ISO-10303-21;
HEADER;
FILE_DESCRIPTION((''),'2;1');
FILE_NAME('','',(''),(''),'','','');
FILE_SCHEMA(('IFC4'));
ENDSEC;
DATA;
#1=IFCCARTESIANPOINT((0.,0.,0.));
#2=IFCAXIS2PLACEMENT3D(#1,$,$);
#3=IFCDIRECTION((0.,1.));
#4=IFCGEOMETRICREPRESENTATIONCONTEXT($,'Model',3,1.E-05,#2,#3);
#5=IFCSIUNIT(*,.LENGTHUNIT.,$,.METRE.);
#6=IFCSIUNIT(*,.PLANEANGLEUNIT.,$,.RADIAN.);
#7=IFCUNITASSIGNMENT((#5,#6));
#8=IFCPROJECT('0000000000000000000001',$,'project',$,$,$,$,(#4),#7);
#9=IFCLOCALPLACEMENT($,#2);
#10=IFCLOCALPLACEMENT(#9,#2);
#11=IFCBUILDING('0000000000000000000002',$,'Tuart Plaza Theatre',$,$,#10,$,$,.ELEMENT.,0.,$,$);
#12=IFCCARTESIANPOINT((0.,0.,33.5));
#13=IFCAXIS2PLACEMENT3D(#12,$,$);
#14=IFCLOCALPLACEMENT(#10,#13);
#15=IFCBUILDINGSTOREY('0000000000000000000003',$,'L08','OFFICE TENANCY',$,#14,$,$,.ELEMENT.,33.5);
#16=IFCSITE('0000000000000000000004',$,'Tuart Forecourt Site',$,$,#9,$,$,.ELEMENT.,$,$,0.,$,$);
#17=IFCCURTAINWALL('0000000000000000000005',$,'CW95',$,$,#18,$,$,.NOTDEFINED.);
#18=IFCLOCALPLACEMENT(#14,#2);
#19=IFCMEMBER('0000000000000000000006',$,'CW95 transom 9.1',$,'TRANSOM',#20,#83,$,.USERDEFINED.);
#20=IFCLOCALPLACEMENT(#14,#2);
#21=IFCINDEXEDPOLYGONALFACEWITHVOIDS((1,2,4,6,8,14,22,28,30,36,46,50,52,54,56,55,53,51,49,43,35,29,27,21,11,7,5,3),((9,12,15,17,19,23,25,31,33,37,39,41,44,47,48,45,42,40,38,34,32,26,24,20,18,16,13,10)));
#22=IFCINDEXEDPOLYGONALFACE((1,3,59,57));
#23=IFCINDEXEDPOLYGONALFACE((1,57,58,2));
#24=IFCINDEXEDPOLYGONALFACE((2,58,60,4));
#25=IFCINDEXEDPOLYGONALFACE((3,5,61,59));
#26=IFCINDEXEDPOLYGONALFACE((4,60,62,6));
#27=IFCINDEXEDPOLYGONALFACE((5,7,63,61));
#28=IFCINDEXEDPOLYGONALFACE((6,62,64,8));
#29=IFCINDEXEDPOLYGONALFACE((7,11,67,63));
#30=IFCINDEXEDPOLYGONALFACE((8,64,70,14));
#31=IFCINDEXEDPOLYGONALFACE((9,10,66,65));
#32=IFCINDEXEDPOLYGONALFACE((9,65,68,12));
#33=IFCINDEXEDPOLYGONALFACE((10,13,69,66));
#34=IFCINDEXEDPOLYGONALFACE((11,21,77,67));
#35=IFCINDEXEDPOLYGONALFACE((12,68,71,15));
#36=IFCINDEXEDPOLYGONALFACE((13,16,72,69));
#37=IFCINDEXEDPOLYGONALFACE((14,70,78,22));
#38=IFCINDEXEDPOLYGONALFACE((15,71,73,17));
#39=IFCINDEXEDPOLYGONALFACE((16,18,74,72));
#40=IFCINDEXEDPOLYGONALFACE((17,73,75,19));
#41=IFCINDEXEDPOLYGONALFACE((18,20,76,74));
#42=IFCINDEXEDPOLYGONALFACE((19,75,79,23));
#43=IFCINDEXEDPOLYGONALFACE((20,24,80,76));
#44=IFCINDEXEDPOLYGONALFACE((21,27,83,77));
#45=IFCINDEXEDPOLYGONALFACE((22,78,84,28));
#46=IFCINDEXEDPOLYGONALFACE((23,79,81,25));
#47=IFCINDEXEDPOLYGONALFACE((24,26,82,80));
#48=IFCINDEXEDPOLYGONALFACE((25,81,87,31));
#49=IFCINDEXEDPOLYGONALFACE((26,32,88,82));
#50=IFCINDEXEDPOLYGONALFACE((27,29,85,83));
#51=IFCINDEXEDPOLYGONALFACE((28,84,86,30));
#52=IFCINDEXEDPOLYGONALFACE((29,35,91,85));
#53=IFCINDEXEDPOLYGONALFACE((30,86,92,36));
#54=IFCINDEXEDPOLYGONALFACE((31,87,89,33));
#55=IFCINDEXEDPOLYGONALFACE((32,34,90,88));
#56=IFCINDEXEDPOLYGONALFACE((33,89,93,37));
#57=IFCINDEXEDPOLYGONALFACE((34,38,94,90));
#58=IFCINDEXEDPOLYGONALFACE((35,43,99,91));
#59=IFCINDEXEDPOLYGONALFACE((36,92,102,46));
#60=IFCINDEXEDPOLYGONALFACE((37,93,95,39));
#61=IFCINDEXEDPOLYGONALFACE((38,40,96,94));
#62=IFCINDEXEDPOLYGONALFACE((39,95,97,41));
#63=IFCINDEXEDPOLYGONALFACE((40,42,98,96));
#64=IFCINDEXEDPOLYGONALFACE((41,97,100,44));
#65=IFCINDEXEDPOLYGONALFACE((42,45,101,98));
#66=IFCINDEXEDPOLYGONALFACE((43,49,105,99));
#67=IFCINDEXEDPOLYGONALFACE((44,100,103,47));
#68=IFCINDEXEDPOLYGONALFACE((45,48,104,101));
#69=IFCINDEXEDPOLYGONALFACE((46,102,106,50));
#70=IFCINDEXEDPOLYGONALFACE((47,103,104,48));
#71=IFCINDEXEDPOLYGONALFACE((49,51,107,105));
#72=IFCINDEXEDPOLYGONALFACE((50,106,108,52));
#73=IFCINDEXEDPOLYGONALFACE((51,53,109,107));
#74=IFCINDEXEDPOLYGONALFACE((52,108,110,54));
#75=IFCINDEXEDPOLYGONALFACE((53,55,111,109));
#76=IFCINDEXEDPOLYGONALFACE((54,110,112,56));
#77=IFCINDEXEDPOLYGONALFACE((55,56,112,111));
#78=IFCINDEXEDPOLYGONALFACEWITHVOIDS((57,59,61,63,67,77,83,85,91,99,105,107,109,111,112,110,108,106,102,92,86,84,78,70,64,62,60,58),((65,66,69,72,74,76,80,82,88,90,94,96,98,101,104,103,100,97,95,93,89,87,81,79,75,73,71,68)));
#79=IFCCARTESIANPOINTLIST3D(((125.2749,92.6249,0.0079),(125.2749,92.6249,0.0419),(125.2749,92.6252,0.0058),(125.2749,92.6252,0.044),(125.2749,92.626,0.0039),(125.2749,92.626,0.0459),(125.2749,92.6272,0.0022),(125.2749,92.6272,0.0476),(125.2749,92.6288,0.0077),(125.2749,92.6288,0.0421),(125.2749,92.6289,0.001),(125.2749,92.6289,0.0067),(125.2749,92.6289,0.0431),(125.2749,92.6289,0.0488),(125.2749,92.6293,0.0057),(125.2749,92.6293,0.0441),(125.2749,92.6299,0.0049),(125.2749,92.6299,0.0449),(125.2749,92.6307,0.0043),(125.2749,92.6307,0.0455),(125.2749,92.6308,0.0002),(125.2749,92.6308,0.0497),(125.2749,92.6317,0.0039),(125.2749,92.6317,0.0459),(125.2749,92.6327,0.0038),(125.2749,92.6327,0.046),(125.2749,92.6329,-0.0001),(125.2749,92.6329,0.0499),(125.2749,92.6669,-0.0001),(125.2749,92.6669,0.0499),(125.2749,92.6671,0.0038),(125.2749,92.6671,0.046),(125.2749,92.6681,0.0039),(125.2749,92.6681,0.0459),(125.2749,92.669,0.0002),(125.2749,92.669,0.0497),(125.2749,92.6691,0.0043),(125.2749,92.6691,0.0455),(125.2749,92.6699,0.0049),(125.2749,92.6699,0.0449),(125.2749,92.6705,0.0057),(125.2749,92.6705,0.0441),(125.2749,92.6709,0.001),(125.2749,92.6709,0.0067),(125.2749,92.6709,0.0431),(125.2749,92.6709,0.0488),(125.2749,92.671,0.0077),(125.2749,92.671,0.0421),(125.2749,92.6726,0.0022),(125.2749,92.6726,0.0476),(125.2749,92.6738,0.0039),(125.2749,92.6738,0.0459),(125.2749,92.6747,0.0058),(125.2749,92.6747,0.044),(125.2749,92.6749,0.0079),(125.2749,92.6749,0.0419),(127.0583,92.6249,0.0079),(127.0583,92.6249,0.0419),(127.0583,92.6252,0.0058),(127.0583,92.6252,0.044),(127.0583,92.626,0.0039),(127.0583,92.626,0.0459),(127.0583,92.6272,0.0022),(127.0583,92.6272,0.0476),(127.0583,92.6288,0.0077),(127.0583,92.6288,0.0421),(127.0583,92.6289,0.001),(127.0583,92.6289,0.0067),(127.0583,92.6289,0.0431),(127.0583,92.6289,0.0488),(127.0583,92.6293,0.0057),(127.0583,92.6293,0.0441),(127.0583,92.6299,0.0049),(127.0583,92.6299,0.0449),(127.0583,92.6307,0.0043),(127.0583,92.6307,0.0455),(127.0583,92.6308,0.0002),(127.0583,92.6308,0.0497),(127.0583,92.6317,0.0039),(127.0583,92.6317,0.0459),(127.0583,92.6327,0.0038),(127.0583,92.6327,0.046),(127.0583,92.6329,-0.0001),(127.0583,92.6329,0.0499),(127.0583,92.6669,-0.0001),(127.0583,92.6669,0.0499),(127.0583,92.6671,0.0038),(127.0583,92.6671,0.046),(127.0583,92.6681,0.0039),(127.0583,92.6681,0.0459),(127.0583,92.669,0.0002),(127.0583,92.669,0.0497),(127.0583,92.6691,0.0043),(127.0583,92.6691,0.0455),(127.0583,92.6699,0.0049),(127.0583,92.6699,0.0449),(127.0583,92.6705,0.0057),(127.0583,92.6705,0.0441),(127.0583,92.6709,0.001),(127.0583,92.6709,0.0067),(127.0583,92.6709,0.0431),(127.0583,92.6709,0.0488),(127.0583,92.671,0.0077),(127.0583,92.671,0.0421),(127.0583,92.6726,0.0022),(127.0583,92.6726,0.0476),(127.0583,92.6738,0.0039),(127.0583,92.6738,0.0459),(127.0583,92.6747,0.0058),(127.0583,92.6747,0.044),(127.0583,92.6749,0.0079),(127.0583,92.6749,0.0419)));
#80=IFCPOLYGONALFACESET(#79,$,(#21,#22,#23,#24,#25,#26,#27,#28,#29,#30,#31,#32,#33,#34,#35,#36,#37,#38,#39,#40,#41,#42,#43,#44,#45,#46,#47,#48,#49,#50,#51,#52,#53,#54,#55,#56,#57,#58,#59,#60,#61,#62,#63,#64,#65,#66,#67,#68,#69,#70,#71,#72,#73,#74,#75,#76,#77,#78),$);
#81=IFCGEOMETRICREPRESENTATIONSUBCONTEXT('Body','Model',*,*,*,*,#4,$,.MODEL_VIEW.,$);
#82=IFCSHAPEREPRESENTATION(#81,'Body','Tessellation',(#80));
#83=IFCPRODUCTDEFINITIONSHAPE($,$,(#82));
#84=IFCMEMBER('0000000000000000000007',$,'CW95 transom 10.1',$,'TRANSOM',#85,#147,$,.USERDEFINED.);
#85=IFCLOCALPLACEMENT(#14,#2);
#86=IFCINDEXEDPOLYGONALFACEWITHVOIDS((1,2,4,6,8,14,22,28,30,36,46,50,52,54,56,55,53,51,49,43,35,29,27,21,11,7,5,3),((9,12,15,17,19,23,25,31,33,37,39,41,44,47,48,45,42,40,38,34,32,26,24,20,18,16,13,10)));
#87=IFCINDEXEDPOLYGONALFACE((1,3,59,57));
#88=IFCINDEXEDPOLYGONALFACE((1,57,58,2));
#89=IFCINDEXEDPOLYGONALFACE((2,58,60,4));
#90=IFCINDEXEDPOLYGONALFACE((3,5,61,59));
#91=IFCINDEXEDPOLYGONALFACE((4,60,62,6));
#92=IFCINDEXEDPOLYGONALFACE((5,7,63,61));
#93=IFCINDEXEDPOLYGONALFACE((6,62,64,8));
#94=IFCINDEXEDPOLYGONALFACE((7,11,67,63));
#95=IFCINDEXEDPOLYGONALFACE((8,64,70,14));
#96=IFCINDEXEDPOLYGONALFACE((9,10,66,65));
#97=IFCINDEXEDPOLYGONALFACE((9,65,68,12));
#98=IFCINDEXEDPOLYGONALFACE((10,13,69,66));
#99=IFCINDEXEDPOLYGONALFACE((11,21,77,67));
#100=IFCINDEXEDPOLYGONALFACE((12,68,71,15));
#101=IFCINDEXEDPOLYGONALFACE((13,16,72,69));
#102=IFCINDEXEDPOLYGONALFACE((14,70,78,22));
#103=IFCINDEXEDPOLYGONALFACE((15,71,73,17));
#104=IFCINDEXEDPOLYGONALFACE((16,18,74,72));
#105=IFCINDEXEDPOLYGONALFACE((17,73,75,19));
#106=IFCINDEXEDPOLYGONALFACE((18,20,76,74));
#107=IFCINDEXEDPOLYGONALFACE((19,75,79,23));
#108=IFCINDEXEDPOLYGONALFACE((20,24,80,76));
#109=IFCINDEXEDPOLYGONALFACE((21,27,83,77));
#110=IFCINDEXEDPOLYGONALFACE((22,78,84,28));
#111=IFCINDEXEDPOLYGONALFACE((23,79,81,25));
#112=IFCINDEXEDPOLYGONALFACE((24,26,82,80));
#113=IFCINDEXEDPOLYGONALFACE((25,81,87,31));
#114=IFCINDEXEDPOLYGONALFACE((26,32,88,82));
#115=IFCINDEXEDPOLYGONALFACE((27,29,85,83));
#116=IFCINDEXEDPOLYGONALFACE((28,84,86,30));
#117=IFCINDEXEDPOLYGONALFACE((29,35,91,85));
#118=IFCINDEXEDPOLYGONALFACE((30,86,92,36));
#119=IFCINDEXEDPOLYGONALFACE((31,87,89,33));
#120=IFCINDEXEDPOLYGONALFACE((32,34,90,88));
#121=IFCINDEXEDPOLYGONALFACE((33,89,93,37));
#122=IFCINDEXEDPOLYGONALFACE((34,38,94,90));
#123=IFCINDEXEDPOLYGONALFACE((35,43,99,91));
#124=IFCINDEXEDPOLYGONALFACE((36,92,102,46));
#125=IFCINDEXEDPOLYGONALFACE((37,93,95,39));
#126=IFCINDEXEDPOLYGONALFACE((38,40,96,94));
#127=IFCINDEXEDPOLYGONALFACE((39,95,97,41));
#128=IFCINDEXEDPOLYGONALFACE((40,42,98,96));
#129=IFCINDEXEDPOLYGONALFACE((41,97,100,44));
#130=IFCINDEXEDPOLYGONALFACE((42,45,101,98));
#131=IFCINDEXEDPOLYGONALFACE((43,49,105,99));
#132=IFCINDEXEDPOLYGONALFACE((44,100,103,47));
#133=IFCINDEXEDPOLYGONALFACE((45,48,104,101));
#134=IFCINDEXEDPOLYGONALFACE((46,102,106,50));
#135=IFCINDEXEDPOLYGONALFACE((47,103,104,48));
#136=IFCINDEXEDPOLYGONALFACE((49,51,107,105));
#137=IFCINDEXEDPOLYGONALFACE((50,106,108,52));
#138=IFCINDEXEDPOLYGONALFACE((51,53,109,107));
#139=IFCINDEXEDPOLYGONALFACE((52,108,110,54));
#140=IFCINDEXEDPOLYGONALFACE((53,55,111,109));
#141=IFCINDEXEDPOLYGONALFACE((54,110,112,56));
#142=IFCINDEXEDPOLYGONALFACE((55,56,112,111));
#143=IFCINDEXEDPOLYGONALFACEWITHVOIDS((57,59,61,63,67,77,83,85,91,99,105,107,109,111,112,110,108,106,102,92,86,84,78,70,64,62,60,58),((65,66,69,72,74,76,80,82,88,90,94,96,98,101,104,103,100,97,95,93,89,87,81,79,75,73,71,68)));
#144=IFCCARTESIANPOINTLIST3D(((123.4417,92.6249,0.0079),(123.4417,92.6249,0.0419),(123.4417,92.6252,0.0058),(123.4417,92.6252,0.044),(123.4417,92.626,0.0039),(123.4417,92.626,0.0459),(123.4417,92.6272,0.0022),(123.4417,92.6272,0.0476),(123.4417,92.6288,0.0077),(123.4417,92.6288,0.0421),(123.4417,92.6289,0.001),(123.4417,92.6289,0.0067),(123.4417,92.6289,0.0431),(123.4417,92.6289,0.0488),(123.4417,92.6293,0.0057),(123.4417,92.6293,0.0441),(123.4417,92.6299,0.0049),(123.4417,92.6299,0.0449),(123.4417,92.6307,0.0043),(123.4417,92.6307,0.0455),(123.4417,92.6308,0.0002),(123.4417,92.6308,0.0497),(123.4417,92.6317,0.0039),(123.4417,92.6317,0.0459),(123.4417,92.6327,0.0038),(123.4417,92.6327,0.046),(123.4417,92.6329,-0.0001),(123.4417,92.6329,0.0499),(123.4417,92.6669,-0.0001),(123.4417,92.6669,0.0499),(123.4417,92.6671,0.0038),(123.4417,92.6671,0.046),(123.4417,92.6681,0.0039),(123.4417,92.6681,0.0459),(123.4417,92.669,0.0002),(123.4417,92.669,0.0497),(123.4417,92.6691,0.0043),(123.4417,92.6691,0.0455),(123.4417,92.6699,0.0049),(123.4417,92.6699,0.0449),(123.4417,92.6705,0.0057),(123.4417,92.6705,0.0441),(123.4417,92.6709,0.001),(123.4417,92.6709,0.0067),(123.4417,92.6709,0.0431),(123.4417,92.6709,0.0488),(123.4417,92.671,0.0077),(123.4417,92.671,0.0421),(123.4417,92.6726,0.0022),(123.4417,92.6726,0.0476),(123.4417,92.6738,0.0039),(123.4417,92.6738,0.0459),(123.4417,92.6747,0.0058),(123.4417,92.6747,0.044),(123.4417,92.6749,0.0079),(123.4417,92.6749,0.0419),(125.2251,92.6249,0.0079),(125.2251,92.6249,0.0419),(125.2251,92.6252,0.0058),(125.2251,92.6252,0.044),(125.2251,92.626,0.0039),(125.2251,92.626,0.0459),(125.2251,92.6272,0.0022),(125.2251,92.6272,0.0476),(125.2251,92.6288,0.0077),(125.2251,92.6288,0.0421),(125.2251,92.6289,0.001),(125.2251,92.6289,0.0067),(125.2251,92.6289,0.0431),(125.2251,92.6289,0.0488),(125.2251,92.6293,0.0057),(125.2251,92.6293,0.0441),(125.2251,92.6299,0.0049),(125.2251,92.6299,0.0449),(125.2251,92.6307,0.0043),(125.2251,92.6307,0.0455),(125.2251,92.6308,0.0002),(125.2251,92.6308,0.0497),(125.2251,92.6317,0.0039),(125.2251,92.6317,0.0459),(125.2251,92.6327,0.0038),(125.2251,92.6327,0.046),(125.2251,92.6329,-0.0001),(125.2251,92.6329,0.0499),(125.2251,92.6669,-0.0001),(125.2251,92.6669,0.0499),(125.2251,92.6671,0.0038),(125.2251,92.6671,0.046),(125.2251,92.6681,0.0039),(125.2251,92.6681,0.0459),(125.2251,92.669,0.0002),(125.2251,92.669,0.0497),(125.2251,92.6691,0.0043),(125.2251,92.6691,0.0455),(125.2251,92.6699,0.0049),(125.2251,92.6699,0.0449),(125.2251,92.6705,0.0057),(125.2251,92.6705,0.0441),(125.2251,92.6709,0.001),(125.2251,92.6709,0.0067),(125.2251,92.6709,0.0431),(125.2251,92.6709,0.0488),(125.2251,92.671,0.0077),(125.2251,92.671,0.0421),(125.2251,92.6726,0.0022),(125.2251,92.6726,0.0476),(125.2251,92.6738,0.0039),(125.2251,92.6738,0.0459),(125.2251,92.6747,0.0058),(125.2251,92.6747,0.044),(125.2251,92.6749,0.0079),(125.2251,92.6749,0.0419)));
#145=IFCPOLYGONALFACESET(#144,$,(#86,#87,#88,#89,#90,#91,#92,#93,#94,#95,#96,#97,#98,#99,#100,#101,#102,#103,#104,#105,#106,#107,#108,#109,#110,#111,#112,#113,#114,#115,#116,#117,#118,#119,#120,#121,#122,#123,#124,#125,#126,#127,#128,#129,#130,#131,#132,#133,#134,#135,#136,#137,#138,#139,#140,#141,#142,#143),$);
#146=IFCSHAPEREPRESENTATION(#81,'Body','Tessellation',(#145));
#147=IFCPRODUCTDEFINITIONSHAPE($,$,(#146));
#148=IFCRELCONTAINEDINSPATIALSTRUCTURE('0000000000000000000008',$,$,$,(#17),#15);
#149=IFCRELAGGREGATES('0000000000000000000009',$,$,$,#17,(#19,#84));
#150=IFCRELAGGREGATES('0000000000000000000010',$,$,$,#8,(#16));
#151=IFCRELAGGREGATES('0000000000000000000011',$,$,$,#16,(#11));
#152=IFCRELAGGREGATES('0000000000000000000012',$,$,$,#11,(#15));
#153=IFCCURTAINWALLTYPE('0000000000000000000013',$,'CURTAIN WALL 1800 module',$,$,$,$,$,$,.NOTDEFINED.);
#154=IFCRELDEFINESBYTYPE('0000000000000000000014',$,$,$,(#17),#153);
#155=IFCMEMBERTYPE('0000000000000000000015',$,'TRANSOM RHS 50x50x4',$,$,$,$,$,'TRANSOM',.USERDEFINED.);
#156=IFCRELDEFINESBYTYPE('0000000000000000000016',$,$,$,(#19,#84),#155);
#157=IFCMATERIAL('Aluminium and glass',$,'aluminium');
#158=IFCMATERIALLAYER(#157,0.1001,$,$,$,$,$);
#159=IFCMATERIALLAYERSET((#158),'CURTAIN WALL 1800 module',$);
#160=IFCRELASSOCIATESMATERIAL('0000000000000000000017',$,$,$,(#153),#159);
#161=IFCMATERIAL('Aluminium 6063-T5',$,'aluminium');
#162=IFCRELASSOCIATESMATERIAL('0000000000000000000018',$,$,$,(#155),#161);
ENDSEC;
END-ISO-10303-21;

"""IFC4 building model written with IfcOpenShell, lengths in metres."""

from ifc_helpers import new_model, si_unit, direction, frame, origin, origin_2d, place, context, subcontext, project, spatial, hollow_rectangle, extrude, material, layer, layer_set, material_profile, profile_set, type_object, element, aggregate, save


model = new_model("IFC4")

# Units and contexts
model_context = context("Model", 3, precision=1e-05, world=origin(), true_north=direction((0.0, 1.0)))
body_context = subcontext(model_context, "Body", "Model", "MODEL_VIEW")
ifc_project = project(units=[si_unit("LENGTHUNIT", "METRE"), si_unit("PLANEANGLEUNIT", "RADIAN")], contexts=[model_context])

# Site, building, storey
site_placement = place(None, origin())
site = spatial("IfcSite", under=ifc_project, at=site_placement, Name="Tuart Forecourt Site", CompositionType="ELEMENT", RefElevation=0.0)
building_placement = place(site_placement, origin())
building = spatial("IfcBuilding", under=site, at=building_placement, Name="Tuart Plaza Theatre", CompositionType="ELEMENT", ElevationOfRefHeight=0.0)
storey_placement = place(building_placement, frame((0.0, 0.0, 33.5)))
storey = spatial("IfcBuildingStorey", under=building, at=storey_placement, Name="L08", Description="OFFICE TENANCY", CompositionType="ELEMENT", Elevation=33.5)

# Curtain wall, members
ifc_material_1 = material(Name="Aluminium and glass", Category="aluminium")
ifc_layer_1 = layer(ifc_material_1, 0.1001)
ifc_layer_set_1 = layer_set([ifc_layer_1], Name="CURTAIN WALL 1800 module")
curtain_wall_type = type_object("IfcCurtainWallType", Name="CURTAIN WALL 1800 module", PredefinedType="NOTDEFINED", material=ifc_layer_set_1)
curtain_wall_placement = place(storey_placement, origin())
curtain_wall = element("IfcCurtainWall", 1, at=curtain_wall_placement, inside=storey, type_object=curtain_wall_type, Name="CW95", PredefinedType="NOTDEFINED")
ifc_material_2 = material(Name="Aluminium 6063-T5", Category="aluminium")
ifc_material_profile_1 = material_profile(ifc_material_2, hollow_rectangle(XDim=0.05, YDim=0.05, WallThickness=0.0039, InnerFilletRadius=0.0039, OuterFilletRadius=0.0081, at=origin_2d()), Name="RHS 50x50x4")
ifc_profile_set_1 = profile_set([ifc_material_profile_1], Name="Aluminium 6063-T5")
member_type_1 = type_object("IfcMemberType", Name="TRANSOM RHS 50x50x4", ElementType="TRANSOM", PredefinedType="USERDEFINED", material=ifc_profile_set_1)
member_1_placement = place(storey_placement, frame((127.0583, 92.6499, 0.0249), z_axis=(-1.0, 0.0, 0.0), x_axis=(0.0, -1.0, 0.0)))
member_1 = element("IfcMember", 2, at=member_1_placement, type_object=member_type_1, Name="CW95 transom 9.1", ObjectType="TRANSOM", PredefinedType="USERDEFINED", context=body_context, shape_type="SweptSolid", body=[
    extrude(hollow_rectangle(XDim=0.05, YDim=0.05, WallThickness=0.0039, InnerFilletRadius=0.0039, OuterFilletRadius=0.0081, at=origin_2d()), origin(), (0.0, 0.0, 1.0), 1.7834),
])
member_2_placement = place(storey_placement, frame((125.2251, 92.6499, 0.0249), z_axis=(-1.0, 0.0, 0.0), x_axis=(0.0, -1.0, 0.0)))
member_2 = element("IfcMember", 3, at=member_2_placement, type_object=member_type_1, Name="CW95 transom 10.1", ObjectType="TRANSOM", PredefinedType="USERDEFINED", context=body_context, shape_type="SweptSolid", body=[
    extrude(hollow_rectangle(XDim=0.05, YDim=0.05, WallThickness=0.0039, InnerFilletRadius=0.0039, OuterFilletRadius=0.0081, at=origin_2d()), origin(), (0.0, 0.0, 1.0), 1.7834),
])
aggregate(curtain_wall, [member_1, member_2])

save(model, "model.ifc")
